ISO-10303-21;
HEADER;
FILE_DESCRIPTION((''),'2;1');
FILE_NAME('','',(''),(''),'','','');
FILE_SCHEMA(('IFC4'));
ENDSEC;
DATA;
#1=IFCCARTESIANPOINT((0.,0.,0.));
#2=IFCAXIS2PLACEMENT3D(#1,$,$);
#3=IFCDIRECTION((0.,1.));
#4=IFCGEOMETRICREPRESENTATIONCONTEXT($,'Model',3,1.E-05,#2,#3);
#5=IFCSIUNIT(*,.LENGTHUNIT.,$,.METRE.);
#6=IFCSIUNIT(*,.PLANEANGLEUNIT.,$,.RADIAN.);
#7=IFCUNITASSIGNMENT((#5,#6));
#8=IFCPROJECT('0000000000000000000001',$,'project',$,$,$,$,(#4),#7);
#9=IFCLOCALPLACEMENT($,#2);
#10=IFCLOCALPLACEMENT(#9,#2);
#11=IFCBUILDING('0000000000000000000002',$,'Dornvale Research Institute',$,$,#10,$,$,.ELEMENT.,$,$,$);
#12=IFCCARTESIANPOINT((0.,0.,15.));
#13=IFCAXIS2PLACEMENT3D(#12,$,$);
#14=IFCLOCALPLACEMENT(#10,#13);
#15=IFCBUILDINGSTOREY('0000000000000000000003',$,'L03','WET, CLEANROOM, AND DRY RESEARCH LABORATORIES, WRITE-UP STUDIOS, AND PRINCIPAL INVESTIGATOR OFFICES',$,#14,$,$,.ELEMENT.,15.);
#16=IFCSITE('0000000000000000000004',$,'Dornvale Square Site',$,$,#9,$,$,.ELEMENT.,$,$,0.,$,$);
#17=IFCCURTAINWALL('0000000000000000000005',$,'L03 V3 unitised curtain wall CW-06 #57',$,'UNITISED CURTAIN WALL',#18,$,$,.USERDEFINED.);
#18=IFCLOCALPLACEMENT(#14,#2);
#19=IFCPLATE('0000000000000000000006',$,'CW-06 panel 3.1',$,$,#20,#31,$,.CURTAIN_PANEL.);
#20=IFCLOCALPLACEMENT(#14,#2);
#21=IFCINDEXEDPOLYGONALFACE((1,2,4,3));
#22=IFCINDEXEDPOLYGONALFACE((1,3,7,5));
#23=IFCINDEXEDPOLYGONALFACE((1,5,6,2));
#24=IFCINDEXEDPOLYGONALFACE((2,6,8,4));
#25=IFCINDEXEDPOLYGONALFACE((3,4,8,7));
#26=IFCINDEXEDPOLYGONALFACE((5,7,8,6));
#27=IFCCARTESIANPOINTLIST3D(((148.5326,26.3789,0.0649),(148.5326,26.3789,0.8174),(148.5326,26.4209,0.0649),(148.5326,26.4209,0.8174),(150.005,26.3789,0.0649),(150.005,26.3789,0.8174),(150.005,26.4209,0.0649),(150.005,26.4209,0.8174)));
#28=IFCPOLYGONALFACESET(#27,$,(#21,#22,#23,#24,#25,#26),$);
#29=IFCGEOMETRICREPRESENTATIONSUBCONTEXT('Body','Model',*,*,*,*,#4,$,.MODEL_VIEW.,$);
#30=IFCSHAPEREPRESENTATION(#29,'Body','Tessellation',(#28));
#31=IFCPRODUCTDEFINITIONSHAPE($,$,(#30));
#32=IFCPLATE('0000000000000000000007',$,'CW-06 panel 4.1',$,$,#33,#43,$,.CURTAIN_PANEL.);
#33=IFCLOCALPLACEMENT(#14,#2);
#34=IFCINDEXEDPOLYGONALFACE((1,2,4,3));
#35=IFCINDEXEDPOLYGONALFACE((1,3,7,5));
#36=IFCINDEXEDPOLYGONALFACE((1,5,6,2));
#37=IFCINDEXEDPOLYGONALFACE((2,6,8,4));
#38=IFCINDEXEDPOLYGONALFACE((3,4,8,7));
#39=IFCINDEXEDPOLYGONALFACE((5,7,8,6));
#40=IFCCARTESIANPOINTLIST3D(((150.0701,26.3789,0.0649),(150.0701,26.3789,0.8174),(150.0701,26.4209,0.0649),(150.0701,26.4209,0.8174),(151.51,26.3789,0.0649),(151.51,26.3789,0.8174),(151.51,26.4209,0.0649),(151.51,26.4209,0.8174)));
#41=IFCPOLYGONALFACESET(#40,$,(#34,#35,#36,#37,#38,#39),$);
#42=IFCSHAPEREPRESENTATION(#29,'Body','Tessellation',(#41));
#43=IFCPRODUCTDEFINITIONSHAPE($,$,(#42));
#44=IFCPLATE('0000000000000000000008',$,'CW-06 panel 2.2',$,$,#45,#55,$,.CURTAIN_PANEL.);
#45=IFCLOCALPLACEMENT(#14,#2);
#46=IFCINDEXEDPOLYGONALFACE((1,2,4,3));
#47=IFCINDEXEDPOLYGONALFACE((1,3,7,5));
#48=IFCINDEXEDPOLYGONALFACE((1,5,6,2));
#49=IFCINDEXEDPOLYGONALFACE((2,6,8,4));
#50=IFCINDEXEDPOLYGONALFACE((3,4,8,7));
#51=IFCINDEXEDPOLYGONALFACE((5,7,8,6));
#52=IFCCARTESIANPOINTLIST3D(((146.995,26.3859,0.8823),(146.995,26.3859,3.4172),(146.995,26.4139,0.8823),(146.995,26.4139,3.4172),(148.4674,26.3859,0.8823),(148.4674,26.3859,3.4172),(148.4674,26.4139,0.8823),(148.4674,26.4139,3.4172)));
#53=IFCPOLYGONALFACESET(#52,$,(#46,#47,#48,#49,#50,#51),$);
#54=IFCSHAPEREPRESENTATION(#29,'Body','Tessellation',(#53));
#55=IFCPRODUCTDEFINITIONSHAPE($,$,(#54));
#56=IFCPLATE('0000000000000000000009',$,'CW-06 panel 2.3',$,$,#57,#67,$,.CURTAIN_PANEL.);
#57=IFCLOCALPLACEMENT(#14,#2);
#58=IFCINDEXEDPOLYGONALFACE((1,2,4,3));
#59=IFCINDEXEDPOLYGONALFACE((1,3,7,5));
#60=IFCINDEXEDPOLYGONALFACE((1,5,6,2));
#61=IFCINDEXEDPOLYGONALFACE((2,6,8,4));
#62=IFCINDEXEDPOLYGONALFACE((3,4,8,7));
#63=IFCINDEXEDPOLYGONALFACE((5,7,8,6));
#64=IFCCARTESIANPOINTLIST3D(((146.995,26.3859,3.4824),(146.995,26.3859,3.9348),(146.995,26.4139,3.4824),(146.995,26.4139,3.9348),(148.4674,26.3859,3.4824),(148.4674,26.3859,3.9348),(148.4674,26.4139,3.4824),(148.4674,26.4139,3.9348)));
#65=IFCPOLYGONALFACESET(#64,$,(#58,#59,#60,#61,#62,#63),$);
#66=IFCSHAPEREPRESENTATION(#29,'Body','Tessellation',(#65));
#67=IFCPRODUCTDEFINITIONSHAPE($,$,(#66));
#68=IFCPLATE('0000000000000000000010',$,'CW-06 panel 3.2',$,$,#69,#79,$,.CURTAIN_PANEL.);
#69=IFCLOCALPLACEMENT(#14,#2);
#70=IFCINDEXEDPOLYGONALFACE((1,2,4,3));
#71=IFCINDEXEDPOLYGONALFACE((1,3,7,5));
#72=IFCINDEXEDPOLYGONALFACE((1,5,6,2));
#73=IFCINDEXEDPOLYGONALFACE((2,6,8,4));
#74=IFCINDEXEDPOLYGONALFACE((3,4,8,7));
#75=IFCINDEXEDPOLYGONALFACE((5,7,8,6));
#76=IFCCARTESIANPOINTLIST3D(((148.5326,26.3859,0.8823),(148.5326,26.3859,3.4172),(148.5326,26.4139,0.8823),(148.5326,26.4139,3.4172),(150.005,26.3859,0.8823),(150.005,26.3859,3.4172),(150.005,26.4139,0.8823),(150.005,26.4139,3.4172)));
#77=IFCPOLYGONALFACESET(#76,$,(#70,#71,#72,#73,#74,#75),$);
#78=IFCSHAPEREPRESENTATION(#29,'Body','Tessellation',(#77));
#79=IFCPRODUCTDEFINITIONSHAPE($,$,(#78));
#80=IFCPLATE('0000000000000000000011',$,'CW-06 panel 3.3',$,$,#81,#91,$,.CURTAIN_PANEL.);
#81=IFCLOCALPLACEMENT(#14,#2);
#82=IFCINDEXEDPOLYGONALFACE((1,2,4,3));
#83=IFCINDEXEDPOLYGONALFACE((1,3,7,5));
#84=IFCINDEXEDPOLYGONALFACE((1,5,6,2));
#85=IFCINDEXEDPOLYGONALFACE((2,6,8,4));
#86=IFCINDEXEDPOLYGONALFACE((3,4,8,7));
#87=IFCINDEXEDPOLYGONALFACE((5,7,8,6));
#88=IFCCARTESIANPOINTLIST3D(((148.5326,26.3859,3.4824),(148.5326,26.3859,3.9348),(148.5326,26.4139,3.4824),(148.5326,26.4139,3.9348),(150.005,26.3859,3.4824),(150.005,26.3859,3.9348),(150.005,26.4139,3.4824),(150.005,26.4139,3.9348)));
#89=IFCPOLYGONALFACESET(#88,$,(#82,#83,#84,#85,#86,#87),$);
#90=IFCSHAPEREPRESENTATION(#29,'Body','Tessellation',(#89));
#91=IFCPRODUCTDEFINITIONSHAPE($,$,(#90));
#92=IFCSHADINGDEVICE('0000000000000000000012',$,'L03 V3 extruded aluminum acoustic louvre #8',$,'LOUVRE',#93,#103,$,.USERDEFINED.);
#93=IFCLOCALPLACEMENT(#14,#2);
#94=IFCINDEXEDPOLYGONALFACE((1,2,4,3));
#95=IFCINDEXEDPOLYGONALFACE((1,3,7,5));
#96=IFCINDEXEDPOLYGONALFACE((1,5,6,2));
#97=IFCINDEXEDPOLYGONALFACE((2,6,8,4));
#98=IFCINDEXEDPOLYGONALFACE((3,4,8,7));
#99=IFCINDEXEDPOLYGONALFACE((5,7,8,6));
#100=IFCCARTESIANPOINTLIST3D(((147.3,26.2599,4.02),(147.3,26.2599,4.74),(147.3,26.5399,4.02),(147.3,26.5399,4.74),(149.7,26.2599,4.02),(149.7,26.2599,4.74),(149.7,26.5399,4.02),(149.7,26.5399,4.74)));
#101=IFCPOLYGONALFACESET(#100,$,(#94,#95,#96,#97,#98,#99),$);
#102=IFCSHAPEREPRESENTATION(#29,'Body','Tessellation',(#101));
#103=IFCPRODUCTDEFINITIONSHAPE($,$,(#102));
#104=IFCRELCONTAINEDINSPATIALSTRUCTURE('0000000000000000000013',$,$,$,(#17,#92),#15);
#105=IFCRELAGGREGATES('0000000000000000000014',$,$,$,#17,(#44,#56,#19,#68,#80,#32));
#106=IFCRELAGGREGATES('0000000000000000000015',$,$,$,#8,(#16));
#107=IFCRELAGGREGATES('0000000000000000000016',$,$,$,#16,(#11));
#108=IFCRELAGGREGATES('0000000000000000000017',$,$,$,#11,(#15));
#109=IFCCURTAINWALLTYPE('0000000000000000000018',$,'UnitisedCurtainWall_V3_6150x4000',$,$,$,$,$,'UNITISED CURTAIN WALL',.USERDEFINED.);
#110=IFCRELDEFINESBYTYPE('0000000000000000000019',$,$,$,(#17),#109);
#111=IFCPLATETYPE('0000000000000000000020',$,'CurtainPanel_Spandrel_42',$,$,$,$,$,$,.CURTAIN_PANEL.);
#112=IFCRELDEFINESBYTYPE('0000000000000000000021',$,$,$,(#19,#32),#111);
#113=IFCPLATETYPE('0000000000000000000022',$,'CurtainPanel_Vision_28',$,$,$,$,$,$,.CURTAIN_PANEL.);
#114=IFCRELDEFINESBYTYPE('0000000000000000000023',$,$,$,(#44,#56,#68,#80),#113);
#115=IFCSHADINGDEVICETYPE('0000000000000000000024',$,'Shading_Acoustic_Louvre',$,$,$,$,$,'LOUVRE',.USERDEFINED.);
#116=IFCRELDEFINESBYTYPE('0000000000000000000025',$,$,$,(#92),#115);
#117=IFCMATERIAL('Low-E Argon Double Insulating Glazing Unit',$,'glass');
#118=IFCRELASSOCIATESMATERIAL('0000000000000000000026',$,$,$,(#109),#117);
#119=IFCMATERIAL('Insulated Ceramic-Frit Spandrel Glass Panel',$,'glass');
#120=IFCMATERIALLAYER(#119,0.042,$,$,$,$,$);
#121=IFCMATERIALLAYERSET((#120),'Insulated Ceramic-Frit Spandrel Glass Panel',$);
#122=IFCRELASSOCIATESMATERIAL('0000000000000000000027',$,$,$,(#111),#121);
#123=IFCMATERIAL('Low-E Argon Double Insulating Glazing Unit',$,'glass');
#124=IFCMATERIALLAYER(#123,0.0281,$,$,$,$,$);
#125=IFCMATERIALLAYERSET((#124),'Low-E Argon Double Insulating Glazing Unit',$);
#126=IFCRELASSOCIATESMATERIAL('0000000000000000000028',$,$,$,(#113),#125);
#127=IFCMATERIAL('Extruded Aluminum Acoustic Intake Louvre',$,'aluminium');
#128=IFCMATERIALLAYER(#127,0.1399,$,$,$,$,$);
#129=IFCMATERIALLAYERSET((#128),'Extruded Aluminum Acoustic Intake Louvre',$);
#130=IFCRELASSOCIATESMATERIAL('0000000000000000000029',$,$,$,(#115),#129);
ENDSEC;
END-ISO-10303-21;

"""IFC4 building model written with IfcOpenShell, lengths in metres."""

from ifc_helpers import new_model, si_unit, direction, frame, origin, origin_2d, place, context, subcontext, project, spatial, rectangle, extrude, material, layer, layer_set, type_object, element, aggregate, save


model = new_model("IFC4")

# Units and contexts
model_context = context("Model", 3, precision=1e-05, world=origin(), true_north=direction((0.0, 1.0)))
body_context = subcontext(model_context, "Body", "Model", "MODEL_VIEW")
ifc_project = project(units=[si_unit("LENGTHUNIT", "METRE"), si_unit("PLANEANGLEUNIT", "RADIAN")], contexts=[model_context])

# Site, building, storey
site_placement = place(None, origin())
site = spatial("IfcSite", under=ifc_project, at=site_placement, Name="Dornvale Square Site", CompositionType="ELEMENT", RefElevation=0.0)
building_placement = place(site_placement, origin())
building = spatial("IfcBuilding", under=site, at=building_placement, Name="Dornvale Research Institute", CompositionType="ELEMENT")
storey_placement = place(building_placement, frame((0.0, 0.0, 15.0)))
storey = spatial("IfcBuildingStorey", under=building, at=storey_placement, Name="L03", Description="WET, CLEANROOM, AND DRY RESEARCH LABORATORIES, WRITE-UP STUDIOS, AND PRINCIPAL INVESTIGATOR OFFICES", CompositionType="ELEMENT", Elevation=15.0)

# Curtain wall, plates
ifc_material_1 = material(Name="Low-E Argon Double Insulating Glazing Unit", Category="glass")
curtain_wall_type = type_object("IfcCurtainWallType", Name="UnitisedCurtainWall_V3_6150x4000", ElementType="UNITISED CURTAIN WALL", PredefinedType="USERDEFINED", material=ifc_material_1)
curtain_wall_placement = place(storey_placement, origin())
curtain_wall = element("IfcCurtainWall", 1, at=curtain_wall_placement, inside=storey, type_object=curtain_wall_type, Name="L03 V3 unitised curtain wall CW-06 #57", ObjectType="UNITISED CURTAIN WALL", PredefinedType="USERDEFINED")
ifc_material_2 = material(Name="Insulated Ceramic-Frit Spandrel Glass Panel", Category="glass")
ifc_layer_1 = layer(ifc_material_2, 0.042)
ifc_layer_set_1 = layer_set([ifc_layer_1], Name="Insulated Ceramic-Frit Spandrel Glass Panel")
plate_type_1 = type_object("IfcPlateType", Name="CurtainPanel_Spandrel_42", PredefinedType="CURTAIN_PANEL", material=ifc_layer_set_1)
plate_1_placement = place(storey_placement, frame((149.2688, 26.3999, 0.0649), z_axis=(0.0, 0.0, 1.0), x_axis=(1.0, 0.0, 0.0)))
plate_1 = element("IfcPlate", 2, at=plate_1_placement, type_object=plate_type_1, Name="CW-06 panel 3.1", PredefinedType="CURTAIN_PANEL", context=body_context, shape_type="SweptSolid", body=[
    extrude(rectangle(XDim=1.4724, YDim=0.042, at=origin_2d()), origin(), (0.0, 0.0, 1.0), 0.7524),
])
plate_2_placement = place(storey_placement, frame((150.79, 26.3999, 0.0649), z_axis=(0.0, 0.0, 1.0), x_axis=(1.0, 0.0, 0.0)))
plate_2 = element("IfcPlate", 3, at=plate_2_placement, type_object=plate_type_1, Name="CW-06 panel 4.1", PredefinedType="CURTAIN_PANEL", context=body_context, shape_type="SweptSolid", body=[
    extrude(rectangle(XDim=1.4399, YDim=0.042, at=origin_2d()), origin(), (0.0, 0.0, 1.0), 0.7524),
])
ifc_material_3 = material(Name="Low-E Argon Double Insulating Glazing Unit", Category="glass")
ifc_layer_2 = layer(ifc_material_3, 0.0281)
ifc_layer_set_2 = layer_set([ifc_layer_2], Name="Low-E Argon Double Insulating Glazing Unit")
plate_type_2 = type_object("IfcPlateType", Name="CurtainPanel_Vision_28", PredefinedType="CURTAIN_PANEL", material=ifc_layer_set_2)
plate_3_placement = place(storey_placement, frame((147.7312, 26.3999, 0.8823), z_axis=(0.0, 0.0, 1.0), x_axis=(1.0, 0.0, 0.0)))
plate_3 = element("IfcPlate", 4, at=plate_3_placement, type_object=plate_type_2, Name="CW-06 panel 2.2", PredefinedType="CURTAIN_PANEL", context=body_context, shape_type="SweptSolid", body=[
    extrude(rectangle(XDim=1.4724, YDim=0.0281, at=origin_2d()), origin(), (0.0, 0.0, 1.0), 2.5349),
])
plate_4_placement = place(storey_placement, frame((147.7312, 26.3999, 3.4824), z_axis=(0.0, 0.0, 1.0), x_axis=(1.0, 0.0, 0.0)))
plate_4 = element("IfcPlate", 5, at=plate_4_placement, type_object=plate_type_2, Name="CW-06 panel 2.3", PredefinedType="CURTAIN_PANEL", context=body_context, shape_type="SweptSolid", body=[
    extrude(rectangle(XDim=1.4724, YDim=0.0281, at=origin_2d()), origin(), (0.0, 0.0, 1.0), 0.4524),
])
plate_5_placement = place(storey_placement, frame((149.2688, 26.3999, 0.8823), z_axis=(0.0, 0.0, 1.0), x_axis=(1.0, 0.0, 0.0)))
plate_5 = element("IfcPlate", 6, at=plate_5_placement, type_object=plate_type_2, Name="CW-06 panel 3.2", PredefinedType="CURTAIN_PANEL", context=body_context, shape_type="SweptSolid", body=[
    extrude(rectangle(XDim=1.4724, YDim=0.0281, at=origin_2d()), origin(), (0.0, 0.0, 1.0), 2.5349),
])
plate_6_placement = place(storey_placement, frame((149.2688, 26.3999, 3.4824), z_axis=(0.0, 0.0, 1.0), x_axis=(1.0, 0.0, 0.0)))
plate_6 = element("IfcPlate", 7, at=plate_6_placement, type_object=plate_type_2, Name="CW-06 panel 3.3", PredefinedType="CURTAIN_PANEL", context=body_context, shape_type="SweptSolid", body=[
    extrude(rectangle(XDim=1.4724, YDim=0.0281, at=origin_2d()), origin(), (0.0, 0.0, 1.0), 0.4524),
])
aggregate(curtain_wall, [plate_3, plate_4, plate_1, plate_5, plate_6, plate_2])

# Shading device
ifc_material_4 = material(Name="Extruded Aluminum Acoustic Intake Louvre", Category="aluminium")
ifc_layer_3 = layer(ifc_material_4, 0.1399)
ifc_layer_set_3 = layer_set([ifc_layer_3], Name="Extruded Aluminum Acoustic Intake Louvre")
shading_device_type = type_object("IfcShadingDeviceType", Name="Shading_Acoustic_Louvre", ElementType="LOUVRE", PredefinedType="USERDEFINED", material=ifc_layer_set_3)
shading_device_placement = place(storey_placement, frame((148.5, 26.3999, 4.02), z_axis=(0.0, 0.0, 1.0), x_axis=(1.0, 0.0, 0.0)))
element("IfcShadingDevice", 8, at=shading_device_placement, inside=storey, type_object=shading_device_type, Name="L03 V3 extruded aluminum acoustic louvre #8", ObjectType="LOUVRE", PredefinedType="USERDEFINED", context=body_context, shape_type="SweptSolid", body=[
    extrude(rectangle(XDim=2.3999, YDim=0.28, at=origin_2d()), origin(), (0.0, 0.0, 1.0), 0.72),
])

save(model, "model.ifc")
